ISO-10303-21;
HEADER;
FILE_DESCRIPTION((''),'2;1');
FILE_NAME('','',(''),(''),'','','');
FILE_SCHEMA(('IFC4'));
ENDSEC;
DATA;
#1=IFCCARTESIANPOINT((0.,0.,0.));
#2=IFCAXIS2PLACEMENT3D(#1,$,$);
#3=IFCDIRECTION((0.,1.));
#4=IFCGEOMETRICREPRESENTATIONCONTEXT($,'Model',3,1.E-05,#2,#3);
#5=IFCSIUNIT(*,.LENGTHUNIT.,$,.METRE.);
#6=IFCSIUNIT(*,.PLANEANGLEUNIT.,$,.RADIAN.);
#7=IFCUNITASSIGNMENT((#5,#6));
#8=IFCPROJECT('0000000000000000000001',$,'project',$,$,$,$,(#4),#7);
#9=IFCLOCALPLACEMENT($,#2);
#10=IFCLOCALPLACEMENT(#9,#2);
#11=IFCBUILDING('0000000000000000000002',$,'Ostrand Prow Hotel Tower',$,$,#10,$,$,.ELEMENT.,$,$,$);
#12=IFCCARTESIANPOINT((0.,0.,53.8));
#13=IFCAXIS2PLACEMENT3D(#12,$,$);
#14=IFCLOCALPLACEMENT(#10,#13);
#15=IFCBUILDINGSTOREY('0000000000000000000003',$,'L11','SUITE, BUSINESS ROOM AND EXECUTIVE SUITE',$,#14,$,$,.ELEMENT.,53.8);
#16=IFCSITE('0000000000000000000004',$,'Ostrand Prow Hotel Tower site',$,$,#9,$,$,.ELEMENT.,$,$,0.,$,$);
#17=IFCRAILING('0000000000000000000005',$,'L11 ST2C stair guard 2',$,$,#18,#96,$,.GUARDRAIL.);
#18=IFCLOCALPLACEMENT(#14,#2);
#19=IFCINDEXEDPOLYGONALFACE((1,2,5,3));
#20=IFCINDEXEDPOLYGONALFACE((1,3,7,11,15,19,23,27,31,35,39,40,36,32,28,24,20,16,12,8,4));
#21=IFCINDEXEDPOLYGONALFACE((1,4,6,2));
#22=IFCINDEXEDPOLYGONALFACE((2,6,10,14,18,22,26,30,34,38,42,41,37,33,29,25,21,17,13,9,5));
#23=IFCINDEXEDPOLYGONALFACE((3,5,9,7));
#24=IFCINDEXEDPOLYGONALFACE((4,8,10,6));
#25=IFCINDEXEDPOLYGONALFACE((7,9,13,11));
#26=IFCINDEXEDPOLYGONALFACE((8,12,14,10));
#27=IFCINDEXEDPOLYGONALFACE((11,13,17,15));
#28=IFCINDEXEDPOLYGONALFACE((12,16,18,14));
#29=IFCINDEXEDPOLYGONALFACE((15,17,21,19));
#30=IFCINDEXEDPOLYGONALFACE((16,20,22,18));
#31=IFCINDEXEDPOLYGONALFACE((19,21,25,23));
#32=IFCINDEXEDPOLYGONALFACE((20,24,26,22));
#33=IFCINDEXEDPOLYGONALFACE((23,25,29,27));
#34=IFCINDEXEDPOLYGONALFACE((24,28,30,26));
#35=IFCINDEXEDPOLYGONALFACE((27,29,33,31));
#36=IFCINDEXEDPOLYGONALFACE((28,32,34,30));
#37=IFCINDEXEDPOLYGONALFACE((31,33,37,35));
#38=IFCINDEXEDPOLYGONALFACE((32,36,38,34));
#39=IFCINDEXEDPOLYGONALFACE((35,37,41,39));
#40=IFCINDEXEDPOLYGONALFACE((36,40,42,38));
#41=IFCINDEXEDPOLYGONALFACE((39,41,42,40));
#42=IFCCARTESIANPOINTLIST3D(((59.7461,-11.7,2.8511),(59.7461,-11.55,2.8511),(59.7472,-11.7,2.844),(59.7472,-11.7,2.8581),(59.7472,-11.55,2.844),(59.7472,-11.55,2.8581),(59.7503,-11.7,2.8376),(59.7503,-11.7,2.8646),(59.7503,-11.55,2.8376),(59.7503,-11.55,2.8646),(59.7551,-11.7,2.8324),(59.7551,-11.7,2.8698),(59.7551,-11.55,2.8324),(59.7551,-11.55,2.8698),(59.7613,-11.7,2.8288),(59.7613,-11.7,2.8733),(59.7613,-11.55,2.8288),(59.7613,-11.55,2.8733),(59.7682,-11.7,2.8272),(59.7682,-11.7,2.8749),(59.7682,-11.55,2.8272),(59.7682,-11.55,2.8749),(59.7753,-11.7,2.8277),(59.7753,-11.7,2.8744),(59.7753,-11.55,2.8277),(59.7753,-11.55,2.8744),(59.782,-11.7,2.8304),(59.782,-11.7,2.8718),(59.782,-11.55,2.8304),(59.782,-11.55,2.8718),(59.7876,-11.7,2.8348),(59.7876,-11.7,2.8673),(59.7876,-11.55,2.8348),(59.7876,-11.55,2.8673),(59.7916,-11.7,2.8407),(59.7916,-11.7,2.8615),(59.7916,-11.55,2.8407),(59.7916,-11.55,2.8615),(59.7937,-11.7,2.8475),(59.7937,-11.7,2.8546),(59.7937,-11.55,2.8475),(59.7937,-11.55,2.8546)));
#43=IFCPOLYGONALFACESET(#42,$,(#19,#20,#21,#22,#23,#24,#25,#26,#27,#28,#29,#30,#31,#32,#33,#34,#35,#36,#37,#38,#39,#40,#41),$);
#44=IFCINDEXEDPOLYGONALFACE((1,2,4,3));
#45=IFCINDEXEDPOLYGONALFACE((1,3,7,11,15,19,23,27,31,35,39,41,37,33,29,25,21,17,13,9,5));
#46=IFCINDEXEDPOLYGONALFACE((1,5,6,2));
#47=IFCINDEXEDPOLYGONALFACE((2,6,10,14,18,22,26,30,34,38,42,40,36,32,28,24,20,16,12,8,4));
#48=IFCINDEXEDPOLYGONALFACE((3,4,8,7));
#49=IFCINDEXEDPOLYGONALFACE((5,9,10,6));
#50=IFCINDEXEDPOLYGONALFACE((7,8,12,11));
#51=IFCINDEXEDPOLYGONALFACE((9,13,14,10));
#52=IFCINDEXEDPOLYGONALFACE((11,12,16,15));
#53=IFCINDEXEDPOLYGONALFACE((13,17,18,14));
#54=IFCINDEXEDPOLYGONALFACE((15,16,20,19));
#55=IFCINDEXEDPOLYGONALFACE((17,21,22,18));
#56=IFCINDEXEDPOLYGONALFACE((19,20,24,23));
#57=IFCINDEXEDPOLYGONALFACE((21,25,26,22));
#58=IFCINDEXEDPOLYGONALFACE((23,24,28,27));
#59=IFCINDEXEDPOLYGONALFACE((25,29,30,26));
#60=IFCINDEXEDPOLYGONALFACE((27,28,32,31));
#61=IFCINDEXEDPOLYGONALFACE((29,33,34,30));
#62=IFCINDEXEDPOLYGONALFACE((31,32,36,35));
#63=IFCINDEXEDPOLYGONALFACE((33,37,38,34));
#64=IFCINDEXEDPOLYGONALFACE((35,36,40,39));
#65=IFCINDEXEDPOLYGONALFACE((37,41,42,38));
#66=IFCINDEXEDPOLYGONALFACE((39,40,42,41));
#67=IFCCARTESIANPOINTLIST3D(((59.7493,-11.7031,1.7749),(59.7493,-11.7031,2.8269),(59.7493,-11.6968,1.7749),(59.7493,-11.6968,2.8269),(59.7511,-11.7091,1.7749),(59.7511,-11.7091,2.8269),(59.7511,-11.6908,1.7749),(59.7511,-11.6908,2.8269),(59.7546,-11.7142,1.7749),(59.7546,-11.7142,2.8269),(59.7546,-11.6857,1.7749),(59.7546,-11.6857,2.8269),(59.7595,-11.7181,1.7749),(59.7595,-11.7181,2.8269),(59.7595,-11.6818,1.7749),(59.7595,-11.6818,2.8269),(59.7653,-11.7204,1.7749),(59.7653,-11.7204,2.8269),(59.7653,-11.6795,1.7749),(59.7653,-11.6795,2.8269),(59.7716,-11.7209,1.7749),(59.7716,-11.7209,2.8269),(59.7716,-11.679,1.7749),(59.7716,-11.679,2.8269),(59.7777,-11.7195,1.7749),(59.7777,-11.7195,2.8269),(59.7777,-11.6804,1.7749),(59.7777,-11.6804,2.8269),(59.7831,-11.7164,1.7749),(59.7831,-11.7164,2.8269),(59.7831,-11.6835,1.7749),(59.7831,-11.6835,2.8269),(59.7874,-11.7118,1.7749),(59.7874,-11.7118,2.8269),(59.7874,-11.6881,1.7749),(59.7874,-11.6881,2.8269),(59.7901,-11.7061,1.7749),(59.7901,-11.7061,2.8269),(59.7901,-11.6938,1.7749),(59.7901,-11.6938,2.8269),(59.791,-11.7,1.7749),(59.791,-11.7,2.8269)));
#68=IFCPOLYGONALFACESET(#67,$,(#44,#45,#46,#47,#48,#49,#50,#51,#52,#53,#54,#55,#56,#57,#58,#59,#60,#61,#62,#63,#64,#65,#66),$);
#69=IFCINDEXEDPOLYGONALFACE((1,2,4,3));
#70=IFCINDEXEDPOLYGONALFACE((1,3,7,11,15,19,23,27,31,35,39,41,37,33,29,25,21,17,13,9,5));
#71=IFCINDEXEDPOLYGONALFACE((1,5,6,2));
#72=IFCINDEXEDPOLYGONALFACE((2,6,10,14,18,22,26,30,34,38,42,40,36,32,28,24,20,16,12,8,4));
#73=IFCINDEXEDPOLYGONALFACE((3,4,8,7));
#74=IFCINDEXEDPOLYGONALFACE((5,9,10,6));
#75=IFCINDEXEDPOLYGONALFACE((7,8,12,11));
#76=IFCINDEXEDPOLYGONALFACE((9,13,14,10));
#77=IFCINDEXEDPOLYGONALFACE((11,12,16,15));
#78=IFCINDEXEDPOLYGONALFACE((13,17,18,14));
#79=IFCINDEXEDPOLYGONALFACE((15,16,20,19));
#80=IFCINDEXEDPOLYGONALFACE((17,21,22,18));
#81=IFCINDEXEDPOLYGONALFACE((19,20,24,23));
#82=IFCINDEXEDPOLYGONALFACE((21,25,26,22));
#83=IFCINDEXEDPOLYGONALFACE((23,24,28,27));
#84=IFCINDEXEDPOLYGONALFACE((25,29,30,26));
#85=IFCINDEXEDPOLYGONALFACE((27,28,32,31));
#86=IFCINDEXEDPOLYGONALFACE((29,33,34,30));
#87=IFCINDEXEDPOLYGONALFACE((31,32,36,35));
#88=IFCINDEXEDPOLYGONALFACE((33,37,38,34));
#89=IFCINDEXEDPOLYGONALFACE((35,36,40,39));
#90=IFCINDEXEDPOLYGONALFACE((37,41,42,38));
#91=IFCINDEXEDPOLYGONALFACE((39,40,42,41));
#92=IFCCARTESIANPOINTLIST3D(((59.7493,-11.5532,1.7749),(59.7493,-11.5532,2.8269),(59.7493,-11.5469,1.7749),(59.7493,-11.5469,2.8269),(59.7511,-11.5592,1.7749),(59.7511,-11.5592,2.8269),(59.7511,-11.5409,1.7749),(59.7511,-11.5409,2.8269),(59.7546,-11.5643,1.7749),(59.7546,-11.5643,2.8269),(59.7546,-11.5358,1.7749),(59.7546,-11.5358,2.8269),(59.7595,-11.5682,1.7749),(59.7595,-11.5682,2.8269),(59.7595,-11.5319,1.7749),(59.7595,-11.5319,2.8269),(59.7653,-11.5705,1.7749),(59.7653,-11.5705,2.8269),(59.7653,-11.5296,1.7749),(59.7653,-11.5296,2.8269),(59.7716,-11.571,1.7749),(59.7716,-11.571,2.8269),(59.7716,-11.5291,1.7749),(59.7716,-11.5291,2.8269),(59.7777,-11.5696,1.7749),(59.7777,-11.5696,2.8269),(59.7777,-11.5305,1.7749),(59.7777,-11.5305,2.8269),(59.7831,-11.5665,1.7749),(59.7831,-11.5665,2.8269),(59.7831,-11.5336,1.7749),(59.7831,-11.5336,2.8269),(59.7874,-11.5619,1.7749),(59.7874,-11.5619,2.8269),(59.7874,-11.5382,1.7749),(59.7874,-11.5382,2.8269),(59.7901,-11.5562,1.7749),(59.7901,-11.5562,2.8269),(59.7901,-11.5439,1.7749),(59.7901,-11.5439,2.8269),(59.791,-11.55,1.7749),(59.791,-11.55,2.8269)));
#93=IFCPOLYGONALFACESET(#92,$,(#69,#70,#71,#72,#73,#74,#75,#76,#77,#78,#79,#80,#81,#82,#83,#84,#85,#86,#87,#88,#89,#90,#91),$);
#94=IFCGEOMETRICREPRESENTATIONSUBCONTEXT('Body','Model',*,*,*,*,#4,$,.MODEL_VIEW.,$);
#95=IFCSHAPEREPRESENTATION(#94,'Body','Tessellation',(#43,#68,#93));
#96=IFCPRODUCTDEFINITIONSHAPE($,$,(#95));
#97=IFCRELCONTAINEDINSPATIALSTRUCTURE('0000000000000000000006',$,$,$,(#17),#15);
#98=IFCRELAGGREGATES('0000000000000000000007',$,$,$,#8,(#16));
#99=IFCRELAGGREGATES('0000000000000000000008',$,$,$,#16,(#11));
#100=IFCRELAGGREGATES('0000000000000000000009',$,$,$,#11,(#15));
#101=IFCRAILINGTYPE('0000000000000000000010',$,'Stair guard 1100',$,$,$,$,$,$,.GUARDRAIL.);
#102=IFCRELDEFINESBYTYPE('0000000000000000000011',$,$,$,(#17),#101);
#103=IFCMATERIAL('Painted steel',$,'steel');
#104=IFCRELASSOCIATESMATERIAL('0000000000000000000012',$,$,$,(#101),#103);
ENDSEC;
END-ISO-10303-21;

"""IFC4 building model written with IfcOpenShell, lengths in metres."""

from ifc_helpers import new_model, si_unit, direction, frame, origin, origin_2d, place, context, subcontext, project, spatial, circle, extrude, material, type_object, element, save


model = new_model("IFC4")

# Units and contexts
model_context = context("Model", 3, precision=1e-05, world=origin(), true_north=direction((0.0, 1.0)))
body_context = subcontext(model_context, "Body", "Model", "MODEL_VIEW")
ifc_project = project(units=[si_unit("LENGTHUNIT", "METRE"), si_unit("PLANEANGLEUNIT", "RADIAN")], contexts=[model_context])

# Site, building, storey
site_placement = place(None, origin())
site = spatial("IfcSite", under=ifc_project, at=site_placement, Name="Ostrand Prow Hotel Tower site", CompositionType="ELEMENT", RefElevation=0.0)
building_placement = place(site_placement, origin())
building = spatial("IfcBuilding", under=site, at=building_placement, Name="Ostrand Prow Hotel Tower", CompositionType="ELEMENT")
storey_placement = place(building_placement, frame((0.0, 0.0, 53.8)))
storey = spatial("IfcBuildingStorey", under=building, at=storey_placement, Name="L11", Description="SUITE, BUSINESS ROOM AND EXECUTIVE SUITE", CompositionType="ELEMENT", Elevation=53.8)

# Railing
ifc_material_1 = material(Name="Painted steel", Category="steel")
railing_type_1 = type_object("IfcRailingType", Name="Stair guard 1100", PredefinedType="GUARDRAIL", material=ifc_material_1)
railing_1_placement = place(storey_placement, frame((59.77, -11.7, 1.7749)))
element("IfcRailing", 1, at=railing_1_placement, inside=storey, type_object=railing_type_1, Name="L11 ST2C stair guard 2", PredefinedType="GUARDRAIL", context=body_context, shape_type="SweptSolid", body=[
    extrude(circle(Radius=0.0239, at=origin_2d()), frame((0.0, 0.0, 1.0762), z_axis=(0.0, 1.0, 0.0), x_axis=(-1.0, 0.0, 0.0)), (0.0, 0.0, 1.0), 0.1499),
    extrude(circle(Radius=0.021, at=origin_2d()), origin(), (0.0, 0.0, 1.0), 1.052),
    extrude(circle(Radius=0.021, at=origin_2d()), frame((0.0, 0.1499, 0.0)), (0.0, 0.0, 1.0), 1.052),
])

save(model, "model.ifc")
